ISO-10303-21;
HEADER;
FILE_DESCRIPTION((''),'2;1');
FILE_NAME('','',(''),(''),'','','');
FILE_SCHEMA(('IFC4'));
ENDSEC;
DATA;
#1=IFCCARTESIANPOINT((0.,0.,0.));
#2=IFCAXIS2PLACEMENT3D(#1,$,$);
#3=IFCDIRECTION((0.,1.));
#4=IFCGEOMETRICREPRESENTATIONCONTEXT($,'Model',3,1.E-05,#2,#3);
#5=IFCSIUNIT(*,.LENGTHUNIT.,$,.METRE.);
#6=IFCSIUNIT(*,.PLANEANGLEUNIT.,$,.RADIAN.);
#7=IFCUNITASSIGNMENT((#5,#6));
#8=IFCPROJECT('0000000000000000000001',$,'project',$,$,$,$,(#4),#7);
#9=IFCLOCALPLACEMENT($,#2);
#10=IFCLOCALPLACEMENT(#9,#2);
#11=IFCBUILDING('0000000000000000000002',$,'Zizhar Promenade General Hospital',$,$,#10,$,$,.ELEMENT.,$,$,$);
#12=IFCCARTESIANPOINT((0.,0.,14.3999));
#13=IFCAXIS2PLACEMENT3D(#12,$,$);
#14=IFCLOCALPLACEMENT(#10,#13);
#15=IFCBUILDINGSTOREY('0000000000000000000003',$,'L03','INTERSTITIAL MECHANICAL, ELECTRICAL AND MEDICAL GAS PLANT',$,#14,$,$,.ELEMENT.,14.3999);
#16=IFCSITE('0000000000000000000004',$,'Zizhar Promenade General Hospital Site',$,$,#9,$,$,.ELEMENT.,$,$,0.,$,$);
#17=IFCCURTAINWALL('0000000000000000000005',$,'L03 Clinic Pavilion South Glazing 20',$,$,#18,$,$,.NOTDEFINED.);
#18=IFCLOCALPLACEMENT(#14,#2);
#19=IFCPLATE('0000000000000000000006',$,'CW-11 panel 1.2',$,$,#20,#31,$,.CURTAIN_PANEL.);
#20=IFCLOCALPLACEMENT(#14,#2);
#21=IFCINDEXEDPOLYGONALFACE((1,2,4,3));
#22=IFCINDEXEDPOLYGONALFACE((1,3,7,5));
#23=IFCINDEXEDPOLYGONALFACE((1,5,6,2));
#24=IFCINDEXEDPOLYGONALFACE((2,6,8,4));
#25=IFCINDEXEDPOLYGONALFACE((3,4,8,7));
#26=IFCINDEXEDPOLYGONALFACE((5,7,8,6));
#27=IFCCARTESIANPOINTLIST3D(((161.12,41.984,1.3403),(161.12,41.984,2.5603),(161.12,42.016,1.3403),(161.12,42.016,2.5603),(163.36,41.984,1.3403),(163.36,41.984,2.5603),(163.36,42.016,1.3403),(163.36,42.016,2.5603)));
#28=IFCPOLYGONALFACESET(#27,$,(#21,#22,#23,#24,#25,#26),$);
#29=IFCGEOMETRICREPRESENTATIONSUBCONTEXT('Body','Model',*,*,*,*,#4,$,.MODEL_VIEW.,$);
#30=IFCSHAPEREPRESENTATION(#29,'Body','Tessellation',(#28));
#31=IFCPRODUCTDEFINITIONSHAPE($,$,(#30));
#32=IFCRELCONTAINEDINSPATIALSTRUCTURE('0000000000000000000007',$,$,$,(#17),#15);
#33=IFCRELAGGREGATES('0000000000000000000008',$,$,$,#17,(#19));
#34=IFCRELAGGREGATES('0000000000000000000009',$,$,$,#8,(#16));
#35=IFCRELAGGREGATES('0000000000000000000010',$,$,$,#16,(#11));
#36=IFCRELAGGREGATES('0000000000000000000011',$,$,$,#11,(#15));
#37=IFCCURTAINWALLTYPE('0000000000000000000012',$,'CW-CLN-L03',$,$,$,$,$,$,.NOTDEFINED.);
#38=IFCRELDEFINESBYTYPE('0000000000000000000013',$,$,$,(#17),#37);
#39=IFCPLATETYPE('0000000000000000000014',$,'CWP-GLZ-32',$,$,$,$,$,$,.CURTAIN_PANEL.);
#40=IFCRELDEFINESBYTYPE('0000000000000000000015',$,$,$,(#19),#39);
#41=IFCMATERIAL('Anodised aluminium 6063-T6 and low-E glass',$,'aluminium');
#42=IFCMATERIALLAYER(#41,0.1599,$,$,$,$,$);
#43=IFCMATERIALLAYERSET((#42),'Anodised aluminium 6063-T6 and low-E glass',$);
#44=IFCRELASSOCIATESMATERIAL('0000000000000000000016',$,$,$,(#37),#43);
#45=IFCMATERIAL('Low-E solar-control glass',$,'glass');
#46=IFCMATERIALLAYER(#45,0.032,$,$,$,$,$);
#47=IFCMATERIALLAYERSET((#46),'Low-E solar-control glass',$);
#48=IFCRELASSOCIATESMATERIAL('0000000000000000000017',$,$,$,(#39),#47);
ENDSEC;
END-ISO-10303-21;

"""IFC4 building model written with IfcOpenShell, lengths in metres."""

from ifc_helpers import new_model, si_unit, direction, frame, origin, origin_2d, place, context, subcontext, project, spatial, rectangle, extrude, material, layer, layer_set, type_object, element, aggregate, save


model = new_model("IFC4")

# Units and contexts
model_context = context("Model", 3, precision=1e-05, world=origin(), true_north=direction((0.0, 1.0)))
body_context = subcontext(model_context, "Body", "Model", "MODEL_VIEW")
ifc_project = project(units=[si_unit("LENGTHUNIT", "METRE"), si_unit("PLANEANGLEUNIT", "RADIAN")], contexts=[model_context])

# Site, building, storey
site_placement = place(None, origin())
site = spatial("IfcSite", under=ifc_project, at=site_placement, Name="Zizhar Promenade General Hospital Site", CompositionType="ELEMENT", RefElevation=0.0)
building_placement = place(site_placement, origin())
building = spatial("IfcBuilding", under=site, at=building_placement, Name="Zizhar Promenade General Hospital", CompositionType="ELEMENT")
storey_placement = place(building_placement, frame((0.0, 0.0, 14.3999)))
storey = spatial("IfcBuildingStorey", under=building, at=storey_placement, Name="L03", Description="INTERSTITIAL MECHANICAL, ELECTRICAL AND MEDICAL GAS PLANT", CompositionType="ELEMENT", Elevation=14.3999)

# Curtain wall, plate
ifc_material_1 = material(Name="Anodised aluminium 6063-T6 and low-E glass", Category="aluminium")
ifc_layer_1 = layer(ifc_material_1, 0.1599)
ifc_layer_set_1 = layer_set([ifc_layer_1], Name="Anodised aluminium 6063-T6 and low-E glass")
curtain_wall_type = type_object("IfcCurtainWallType", Name="CW-CLN-L03", PredefinedType="NOTDEFINED", material=ifc_layer_set_1)
curtain_wall_placement = place(storey_placement, origin())
curtain_wall = element("IfcCurtainWall", 1, at=curtain_wall_placement, inside=storey, type_object=curtain_wall_type, Name="L03 Clinic Pavilion South Glazing 20", PredefinedType="NOTDEFINED")
ifc_material_2 = material(Name="Low-E solar-control glass", Category="glass")
ifc_layer_2 = layer(ifc_material_2, 0.032)
ifc_layer_set_2 = layer_set([ifc_layer_2], Name="Low-E solar-control glass")
plate_type = type_object("IfcPlateType", Name="CWP-GLZ-32", PredefinedType="CURTAIN_PANEL", material=ifc_layer_set_2)
plate_1_placement = place(storey_placement, frame((162.24, 42.0, 1.3403), z_axis=(0.0, 0.0, 1.0), x_axis=(-1.0, 0.0, 0.0)))
plate_1 = element("IfcPlate", 2, at=plate_1_placement, type_object=plate_type, Name="CW-11 panel 1.2", PredefinedType="CURTAIN_PANEL", context=body_context, shape_type="SweptSolid", body=[
    extrude(rectangle(XDim=2.24, YDim=0.032, at=origin_2d()), origin(), (0.0, 0.0, 1.0), 1.22),
])
aggregate(curtain_wall, [plate_1])

save(model, "model.ifc")
